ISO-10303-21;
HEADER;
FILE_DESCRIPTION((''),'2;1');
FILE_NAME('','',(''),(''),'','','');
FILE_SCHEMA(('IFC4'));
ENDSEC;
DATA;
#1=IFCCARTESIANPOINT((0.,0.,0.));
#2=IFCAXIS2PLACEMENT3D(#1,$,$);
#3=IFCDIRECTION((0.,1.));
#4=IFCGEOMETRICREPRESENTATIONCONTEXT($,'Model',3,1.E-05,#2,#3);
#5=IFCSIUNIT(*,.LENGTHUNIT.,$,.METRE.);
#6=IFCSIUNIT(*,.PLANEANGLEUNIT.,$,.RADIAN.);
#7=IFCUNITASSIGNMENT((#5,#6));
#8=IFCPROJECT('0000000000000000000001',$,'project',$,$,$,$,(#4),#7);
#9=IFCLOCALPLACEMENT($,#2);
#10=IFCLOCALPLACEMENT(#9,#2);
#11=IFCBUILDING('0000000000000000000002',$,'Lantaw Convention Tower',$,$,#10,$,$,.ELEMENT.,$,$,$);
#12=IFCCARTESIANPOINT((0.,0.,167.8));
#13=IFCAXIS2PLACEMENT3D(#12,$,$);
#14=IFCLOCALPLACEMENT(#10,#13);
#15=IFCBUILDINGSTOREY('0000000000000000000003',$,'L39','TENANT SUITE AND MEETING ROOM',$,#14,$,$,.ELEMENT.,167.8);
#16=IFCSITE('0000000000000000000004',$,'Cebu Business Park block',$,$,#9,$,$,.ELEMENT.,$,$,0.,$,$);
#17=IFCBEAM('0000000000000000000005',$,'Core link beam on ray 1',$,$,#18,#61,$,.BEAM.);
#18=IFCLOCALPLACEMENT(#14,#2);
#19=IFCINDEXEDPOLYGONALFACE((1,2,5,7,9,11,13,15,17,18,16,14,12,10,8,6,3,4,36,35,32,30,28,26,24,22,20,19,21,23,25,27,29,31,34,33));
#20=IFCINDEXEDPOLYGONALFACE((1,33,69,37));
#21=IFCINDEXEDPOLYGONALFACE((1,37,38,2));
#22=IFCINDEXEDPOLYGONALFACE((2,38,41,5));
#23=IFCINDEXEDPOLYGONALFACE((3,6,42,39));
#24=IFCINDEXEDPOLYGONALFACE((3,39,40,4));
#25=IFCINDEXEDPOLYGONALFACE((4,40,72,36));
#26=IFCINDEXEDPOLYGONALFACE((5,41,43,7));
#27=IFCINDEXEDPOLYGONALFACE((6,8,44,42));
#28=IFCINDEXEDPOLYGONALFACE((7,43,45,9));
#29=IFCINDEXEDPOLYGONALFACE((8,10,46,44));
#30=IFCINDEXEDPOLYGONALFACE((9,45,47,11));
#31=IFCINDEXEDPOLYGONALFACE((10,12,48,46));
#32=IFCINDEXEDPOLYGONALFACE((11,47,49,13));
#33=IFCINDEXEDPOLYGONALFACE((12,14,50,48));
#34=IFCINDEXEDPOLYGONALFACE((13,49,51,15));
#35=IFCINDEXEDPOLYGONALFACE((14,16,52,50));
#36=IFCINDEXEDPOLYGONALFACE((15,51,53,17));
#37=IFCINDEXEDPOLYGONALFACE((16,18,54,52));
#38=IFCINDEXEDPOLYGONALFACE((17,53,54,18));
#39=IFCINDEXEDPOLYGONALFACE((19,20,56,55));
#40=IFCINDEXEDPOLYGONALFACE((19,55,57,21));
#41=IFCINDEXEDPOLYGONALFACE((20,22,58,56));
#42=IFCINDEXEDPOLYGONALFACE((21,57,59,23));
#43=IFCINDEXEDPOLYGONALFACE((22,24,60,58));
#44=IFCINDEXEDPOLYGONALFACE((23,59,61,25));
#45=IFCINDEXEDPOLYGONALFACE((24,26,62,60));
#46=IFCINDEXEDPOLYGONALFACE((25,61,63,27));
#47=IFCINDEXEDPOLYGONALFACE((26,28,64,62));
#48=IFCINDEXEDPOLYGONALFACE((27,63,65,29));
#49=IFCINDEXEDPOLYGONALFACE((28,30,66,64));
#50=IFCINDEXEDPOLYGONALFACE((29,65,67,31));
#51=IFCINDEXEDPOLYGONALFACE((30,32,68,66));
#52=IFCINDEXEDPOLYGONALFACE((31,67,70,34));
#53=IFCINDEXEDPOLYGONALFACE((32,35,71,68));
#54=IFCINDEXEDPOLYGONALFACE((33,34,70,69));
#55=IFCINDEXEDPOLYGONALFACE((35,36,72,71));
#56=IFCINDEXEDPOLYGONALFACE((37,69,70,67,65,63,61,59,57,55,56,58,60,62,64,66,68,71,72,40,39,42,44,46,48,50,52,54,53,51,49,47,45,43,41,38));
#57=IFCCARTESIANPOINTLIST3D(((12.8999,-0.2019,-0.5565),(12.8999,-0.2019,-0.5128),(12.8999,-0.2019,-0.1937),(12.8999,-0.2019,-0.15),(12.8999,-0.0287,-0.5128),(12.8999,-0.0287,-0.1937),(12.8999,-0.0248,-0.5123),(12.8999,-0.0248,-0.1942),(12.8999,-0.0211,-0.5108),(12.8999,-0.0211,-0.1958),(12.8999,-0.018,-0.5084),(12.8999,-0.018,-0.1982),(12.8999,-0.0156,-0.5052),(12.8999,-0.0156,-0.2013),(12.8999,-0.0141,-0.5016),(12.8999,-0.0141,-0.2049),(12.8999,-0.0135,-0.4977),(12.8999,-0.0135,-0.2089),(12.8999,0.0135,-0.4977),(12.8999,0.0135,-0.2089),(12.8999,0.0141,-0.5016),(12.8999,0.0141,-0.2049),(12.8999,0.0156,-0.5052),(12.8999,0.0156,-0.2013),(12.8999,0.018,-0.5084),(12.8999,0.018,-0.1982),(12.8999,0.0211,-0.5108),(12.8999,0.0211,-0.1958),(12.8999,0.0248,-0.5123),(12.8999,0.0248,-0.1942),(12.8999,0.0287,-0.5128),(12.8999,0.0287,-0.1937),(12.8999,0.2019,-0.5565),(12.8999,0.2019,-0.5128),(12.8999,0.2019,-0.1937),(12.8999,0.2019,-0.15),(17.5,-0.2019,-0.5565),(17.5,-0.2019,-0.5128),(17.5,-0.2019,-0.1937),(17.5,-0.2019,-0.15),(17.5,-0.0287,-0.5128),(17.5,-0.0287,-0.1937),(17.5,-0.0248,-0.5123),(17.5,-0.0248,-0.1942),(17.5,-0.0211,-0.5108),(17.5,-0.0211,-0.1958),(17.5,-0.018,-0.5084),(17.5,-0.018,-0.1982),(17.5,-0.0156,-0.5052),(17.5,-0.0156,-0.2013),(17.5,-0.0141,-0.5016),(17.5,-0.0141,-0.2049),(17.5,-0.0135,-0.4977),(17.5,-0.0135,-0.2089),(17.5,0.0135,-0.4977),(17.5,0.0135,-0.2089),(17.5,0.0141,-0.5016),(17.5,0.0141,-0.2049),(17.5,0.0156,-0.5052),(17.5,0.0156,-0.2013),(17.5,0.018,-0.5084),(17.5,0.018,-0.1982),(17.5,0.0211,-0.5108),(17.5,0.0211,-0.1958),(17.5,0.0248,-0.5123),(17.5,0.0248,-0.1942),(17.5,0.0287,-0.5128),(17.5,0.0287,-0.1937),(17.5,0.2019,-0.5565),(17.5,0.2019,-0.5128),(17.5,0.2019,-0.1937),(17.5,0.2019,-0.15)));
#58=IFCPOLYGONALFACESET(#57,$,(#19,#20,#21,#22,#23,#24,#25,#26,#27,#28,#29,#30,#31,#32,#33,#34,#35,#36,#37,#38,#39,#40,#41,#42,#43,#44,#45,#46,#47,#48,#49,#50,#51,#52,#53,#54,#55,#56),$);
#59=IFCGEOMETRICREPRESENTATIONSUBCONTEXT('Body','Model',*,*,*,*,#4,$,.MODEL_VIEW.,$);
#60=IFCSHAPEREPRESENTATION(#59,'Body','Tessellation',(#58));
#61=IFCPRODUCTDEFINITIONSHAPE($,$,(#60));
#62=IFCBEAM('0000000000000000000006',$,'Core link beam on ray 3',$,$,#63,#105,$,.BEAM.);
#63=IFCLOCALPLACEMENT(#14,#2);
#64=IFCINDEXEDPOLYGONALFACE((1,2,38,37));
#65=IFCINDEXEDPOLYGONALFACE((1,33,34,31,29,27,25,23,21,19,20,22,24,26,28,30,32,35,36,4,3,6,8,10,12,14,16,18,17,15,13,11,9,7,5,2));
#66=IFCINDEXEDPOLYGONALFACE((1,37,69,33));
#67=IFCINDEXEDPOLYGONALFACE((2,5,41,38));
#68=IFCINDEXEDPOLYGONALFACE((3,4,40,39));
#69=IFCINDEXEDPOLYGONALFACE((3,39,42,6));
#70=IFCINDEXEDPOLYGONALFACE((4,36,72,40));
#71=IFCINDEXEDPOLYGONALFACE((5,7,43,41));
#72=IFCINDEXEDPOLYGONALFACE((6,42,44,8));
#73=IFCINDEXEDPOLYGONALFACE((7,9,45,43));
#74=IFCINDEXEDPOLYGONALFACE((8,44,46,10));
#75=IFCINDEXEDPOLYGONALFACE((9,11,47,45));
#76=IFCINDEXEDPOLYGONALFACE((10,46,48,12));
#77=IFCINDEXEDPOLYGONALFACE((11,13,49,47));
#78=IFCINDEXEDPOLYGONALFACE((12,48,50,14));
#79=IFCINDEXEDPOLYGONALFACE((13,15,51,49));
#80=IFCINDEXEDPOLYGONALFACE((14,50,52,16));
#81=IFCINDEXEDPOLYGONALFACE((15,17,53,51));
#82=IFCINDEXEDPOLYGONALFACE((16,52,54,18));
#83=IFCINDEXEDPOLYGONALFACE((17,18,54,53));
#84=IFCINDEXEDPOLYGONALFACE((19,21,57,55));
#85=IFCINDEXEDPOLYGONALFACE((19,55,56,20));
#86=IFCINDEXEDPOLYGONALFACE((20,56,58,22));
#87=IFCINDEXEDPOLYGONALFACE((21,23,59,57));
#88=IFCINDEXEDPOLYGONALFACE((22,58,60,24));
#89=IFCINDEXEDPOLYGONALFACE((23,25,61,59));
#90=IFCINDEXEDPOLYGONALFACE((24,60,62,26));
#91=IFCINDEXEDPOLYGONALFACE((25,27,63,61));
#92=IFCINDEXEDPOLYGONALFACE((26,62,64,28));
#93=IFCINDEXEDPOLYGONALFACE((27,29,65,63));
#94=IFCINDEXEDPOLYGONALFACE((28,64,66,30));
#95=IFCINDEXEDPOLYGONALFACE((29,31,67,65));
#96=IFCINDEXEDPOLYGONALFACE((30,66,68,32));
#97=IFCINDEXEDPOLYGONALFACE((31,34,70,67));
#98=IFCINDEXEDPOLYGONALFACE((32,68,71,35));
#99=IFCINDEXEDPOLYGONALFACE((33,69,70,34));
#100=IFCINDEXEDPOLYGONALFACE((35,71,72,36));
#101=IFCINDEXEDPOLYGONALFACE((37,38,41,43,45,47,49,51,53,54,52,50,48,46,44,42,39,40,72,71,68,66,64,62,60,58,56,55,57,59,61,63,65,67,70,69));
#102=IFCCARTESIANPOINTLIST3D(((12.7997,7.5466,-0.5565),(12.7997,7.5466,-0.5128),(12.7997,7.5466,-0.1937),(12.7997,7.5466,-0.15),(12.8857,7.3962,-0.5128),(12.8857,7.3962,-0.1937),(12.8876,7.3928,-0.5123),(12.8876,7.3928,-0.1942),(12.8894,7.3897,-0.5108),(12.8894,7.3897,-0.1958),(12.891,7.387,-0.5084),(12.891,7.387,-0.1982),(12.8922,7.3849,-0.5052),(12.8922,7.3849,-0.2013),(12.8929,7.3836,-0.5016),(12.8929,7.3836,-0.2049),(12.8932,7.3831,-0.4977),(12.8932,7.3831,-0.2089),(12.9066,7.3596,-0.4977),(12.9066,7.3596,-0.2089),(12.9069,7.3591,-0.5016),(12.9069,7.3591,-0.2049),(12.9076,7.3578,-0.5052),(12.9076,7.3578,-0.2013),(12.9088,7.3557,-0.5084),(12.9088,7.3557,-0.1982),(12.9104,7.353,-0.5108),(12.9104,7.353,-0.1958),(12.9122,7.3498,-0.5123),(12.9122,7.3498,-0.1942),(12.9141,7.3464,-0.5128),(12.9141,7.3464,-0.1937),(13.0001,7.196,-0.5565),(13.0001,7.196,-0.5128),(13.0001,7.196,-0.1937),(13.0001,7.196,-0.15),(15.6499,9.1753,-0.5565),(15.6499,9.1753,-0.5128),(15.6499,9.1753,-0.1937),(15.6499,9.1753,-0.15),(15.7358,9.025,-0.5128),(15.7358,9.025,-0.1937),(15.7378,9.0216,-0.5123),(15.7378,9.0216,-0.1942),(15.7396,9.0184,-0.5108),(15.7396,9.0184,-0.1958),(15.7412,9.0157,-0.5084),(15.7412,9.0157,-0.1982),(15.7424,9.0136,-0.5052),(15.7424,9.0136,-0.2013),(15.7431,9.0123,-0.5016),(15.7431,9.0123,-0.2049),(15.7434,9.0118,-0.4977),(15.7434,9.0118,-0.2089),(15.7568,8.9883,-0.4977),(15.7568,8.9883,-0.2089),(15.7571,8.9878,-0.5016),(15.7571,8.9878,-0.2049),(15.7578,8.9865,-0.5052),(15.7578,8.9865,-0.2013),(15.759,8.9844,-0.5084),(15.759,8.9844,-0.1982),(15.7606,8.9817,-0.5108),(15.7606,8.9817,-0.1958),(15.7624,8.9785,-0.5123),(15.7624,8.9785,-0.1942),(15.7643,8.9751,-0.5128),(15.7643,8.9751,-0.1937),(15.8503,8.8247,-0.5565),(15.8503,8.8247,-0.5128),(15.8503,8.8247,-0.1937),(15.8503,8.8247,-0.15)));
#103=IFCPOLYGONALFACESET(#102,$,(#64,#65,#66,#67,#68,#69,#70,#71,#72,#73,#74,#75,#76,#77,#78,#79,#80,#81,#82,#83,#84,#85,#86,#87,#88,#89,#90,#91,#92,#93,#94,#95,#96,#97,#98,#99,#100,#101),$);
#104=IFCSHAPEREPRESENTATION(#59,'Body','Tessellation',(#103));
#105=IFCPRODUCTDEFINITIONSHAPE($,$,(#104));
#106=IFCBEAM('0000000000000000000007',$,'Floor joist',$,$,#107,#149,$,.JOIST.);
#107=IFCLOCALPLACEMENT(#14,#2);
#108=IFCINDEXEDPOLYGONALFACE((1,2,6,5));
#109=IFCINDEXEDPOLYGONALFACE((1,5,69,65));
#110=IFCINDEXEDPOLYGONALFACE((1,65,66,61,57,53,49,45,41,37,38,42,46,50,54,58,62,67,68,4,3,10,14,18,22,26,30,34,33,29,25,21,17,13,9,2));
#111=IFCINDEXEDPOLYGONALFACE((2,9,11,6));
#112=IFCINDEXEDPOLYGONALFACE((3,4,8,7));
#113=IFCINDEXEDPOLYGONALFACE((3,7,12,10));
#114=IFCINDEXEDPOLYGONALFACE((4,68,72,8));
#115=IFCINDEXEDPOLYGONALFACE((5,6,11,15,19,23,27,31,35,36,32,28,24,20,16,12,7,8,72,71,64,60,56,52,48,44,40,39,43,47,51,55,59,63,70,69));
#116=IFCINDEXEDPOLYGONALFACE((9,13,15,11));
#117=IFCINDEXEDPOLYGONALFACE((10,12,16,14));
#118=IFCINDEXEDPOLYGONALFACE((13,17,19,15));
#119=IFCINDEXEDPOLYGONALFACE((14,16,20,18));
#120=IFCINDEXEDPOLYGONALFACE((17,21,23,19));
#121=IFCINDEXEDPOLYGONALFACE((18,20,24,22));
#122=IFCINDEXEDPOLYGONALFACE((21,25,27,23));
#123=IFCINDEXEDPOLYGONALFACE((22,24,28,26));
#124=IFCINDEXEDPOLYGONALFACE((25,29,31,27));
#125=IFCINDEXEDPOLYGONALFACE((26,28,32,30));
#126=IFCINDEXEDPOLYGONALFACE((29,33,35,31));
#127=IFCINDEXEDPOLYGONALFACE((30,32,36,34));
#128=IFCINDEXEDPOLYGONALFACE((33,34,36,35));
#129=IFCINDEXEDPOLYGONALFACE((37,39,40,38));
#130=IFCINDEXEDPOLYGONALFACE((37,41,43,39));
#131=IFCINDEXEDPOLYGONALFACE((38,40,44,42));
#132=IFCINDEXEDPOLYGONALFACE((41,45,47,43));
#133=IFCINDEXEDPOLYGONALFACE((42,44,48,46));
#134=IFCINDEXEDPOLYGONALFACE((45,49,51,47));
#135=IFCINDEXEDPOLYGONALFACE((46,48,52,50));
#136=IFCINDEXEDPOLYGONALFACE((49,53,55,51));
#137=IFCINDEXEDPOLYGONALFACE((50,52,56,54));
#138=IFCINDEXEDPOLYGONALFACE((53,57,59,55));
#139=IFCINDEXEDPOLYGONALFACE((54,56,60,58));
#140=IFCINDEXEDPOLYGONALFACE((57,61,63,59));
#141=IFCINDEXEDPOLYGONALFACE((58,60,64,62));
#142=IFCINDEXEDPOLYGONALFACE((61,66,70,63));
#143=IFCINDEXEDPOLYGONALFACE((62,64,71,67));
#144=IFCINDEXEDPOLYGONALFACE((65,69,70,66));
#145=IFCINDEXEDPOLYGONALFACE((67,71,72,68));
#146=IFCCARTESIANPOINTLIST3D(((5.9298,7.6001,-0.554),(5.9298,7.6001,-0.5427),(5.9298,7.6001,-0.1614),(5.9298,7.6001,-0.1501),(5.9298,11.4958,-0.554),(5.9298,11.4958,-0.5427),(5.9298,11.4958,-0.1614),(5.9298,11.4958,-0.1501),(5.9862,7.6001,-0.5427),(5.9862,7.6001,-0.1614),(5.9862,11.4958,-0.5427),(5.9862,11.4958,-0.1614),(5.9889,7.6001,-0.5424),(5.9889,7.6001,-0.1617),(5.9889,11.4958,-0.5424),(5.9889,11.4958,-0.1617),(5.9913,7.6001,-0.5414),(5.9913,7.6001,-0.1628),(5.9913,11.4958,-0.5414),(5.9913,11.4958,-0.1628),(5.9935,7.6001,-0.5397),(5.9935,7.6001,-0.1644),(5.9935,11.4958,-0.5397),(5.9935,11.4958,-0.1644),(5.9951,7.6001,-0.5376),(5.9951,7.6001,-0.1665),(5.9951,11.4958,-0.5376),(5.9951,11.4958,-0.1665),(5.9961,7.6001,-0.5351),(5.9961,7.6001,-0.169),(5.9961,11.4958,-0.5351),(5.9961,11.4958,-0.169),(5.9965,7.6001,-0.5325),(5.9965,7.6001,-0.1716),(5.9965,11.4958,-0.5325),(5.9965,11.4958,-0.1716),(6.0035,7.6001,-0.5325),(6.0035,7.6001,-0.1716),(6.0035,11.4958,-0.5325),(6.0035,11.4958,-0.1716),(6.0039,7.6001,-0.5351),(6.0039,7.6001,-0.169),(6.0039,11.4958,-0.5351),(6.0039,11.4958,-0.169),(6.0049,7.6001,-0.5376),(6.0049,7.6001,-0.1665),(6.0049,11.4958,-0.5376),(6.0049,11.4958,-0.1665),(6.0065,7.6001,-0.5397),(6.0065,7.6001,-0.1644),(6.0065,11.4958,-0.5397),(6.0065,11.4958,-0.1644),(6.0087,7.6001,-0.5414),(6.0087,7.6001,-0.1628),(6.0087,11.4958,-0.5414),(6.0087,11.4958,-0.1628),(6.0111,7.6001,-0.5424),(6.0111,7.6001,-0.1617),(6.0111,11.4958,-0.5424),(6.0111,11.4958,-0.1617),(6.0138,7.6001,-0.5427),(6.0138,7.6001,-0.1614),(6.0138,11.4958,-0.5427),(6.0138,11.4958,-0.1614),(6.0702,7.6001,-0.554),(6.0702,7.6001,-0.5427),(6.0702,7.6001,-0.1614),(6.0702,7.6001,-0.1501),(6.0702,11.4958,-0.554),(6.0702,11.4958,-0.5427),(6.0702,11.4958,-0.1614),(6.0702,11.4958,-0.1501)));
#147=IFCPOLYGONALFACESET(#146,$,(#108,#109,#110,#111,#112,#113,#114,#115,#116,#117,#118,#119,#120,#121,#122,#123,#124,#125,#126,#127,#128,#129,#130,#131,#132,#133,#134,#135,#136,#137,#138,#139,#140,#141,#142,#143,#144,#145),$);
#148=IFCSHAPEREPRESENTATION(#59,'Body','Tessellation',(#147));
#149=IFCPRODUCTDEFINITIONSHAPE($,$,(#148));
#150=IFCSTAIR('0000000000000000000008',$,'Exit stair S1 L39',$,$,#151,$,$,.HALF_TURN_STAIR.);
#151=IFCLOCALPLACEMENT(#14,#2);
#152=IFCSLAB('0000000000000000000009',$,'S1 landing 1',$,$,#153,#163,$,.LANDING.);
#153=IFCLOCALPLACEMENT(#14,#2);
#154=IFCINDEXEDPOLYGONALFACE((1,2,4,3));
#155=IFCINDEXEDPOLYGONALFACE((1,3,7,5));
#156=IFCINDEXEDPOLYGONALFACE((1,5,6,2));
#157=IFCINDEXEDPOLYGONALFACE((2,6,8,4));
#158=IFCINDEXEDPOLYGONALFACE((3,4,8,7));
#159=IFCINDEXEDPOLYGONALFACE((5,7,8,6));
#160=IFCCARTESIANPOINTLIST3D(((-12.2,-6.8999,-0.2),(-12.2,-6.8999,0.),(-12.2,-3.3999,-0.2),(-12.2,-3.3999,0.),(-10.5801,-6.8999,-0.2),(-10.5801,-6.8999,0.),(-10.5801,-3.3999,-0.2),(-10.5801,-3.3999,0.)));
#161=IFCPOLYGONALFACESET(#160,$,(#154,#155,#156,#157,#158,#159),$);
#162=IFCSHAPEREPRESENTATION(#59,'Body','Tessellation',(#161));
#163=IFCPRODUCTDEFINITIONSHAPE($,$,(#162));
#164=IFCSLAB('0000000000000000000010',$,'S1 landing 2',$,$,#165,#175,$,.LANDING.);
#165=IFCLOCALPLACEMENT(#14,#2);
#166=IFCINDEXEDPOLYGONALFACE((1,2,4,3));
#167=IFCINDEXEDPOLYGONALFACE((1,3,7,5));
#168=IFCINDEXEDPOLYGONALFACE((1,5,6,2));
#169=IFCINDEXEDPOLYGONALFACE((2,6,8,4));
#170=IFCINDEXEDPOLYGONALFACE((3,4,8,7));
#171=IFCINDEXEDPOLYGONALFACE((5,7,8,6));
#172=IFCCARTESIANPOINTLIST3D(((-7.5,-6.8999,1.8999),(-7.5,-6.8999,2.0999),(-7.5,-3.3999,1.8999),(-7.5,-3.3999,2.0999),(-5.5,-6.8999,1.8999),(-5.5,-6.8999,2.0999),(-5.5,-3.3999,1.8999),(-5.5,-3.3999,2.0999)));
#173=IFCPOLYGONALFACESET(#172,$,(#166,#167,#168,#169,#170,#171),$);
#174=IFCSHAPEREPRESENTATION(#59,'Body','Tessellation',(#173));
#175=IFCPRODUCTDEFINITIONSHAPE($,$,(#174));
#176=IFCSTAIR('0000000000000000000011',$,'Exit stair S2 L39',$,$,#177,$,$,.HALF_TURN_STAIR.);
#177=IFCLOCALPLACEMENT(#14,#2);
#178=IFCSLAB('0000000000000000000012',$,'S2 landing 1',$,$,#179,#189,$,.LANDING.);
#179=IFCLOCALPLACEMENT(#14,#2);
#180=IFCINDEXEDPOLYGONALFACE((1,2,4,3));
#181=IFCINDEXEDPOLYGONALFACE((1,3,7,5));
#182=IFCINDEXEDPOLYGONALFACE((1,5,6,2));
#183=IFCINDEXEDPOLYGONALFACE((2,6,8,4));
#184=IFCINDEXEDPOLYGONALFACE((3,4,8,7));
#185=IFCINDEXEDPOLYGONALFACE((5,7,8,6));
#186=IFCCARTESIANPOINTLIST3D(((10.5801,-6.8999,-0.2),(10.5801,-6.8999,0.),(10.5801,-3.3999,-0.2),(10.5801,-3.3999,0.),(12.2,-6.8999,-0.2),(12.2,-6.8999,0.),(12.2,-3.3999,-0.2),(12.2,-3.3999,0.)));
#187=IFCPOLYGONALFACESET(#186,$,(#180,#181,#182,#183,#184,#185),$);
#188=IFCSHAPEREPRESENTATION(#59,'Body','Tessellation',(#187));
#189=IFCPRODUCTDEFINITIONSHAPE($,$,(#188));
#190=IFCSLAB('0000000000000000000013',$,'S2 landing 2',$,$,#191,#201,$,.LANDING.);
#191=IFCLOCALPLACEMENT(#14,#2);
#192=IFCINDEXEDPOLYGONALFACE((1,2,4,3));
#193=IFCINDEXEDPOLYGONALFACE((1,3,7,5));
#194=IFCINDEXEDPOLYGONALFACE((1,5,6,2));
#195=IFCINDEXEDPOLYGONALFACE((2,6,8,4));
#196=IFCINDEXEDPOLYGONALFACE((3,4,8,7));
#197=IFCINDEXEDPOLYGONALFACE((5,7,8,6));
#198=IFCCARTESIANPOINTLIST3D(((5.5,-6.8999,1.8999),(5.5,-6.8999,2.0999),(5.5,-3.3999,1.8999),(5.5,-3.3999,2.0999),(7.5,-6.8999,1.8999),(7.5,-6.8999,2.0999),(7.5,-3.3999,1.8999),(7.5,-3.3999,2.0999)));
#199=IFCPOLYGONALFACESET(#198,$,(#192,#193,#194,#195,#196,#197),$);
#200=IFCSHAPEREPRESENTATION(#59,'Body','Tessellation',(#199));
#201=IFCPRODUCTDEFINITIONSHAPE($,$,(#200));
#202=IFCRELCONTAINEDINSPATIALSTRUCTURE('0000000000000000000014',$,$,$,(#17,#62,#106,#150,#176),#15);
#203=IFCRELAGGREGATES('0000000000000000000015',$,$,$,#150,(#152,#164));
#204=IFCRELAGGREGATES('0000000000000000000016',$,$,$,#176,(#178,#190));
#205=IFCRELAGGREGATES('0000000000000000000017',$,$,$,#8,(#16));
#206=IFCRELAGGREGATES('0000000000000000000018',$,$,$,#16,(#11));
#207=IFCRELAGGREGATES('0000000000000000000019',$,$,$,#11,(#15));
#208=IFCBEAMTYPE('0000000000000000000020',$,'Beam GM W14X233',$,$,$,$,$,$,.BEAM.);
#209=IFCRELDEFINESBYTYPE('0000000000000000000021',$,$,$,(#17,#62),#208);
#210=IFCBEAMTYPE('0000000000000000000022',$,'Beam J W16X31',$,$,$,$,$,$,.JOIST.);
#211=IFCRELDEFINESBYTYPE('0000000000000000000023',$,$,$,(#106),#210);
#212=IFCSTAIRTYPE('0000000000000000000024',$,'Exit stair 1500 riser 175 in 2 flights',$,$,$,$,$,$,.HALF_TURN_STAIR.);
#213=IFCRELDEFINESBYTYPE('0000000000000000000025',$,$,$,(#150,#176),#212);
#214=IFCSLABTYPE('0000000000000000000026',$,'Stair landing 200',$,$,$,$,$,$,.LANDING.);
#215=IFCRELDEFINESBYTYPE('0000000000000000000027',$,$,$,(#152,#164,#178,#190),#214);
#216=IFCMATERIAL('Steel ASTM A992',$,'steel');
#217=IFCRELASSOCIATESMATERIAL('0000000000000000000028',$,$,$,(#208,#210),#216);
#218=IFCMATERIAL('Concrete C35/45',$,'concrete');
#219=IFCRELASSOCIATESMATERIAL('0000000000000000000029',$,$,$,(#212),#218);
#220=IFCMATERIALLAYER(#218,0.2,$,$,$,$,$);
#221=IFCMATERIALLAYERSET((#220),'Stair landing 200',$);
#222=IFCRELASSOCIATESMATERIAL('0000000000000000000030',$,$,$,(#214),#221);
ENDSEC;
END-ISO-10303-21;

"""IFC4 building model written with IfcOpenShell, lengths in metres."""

from ifc_helpers import new_model, si_unit, direction, frame, origin, origin_2d, place, context, subcontext, project, spatial, polyline, i_section, outline, extrude, material, layer, layer_set, material_profile, profile_set, type_object, element, aggregate, save


model = new_model("IFC4")

# Units and contexts
model_context = context("Model", 3, precision=1e-05, world=origin(), true_north=direction((0.0, 1.0)))
body_context = subcontext(model_context, "Body", "Model", "MODEL_VIEW")
ifc_project = project(units=[si_unit("LENGTHUNIT", "METRE"), si_unit("PLANEANGLEUNIT", "RADIAN")], contexts=[model_context])

# Site, building, storey
site_placement = place(None, origin())
site = spatial("IfcSite", under=ifc_project, at=site_placement, Name="Cebu Business Park block", CompositionType="ELEMENT", RefElevation=0.0)
building_placement = place(site_placement, origin())
building = spatial("IfcBuilding", under=site, at=building_placement, Name="Lantaw Convention Tower", CompositionType="ELEMENT")
storey_placement = place(building_placement, frame((0.0, 0.0, 167.8)))
storey = spatial("IfcBuildingStorey", under=building, at=storey_placement, Name="L39", Description="TENANT SUITE AND MEETING ROOM", CompositionType="ELEMENT", Elevation=167.8)

# Beams
ifc_material_1 = material(Name="Steel ASTM A992", Category="steel")
ifc_material_profile_1 = material_profile(ifc_material_1, i_section(OverallWidth=0.4038, OverallDepth=0.4065, WebThickness=0.0271, FlangeThickness=0.0437, FilletRadius=0.0151, at=origin_2d()), Name="W14X233")
ifc_profile_set_1 = profile_set([ifc_material_profile_1], Name="Steel ASTM A992")
beam_type_1 = type_object("IfcBeamType", Name="Beam GM W14X233", PredefinedType="BEAM", material=ifc_profile_set_1)
beam_1_placement = place(storey_placement, frame((12.8999, 0.0, -0.3533), z_axis=(1.0, 0.0, 0.0), x_axis=(0.0, 1.0, 0.0)))
element("IfcBeam", 1, at=beam_1_placement, inside=storey, type_object=beam_type_1, Name="Core link beam on ray 1", PredefinedType="BEAM", context=body_context, shape_type="SweptSolid", body=[
    extrude(i_section(OverallWidth=0.4038, OverallDepth=0.4065, WebThickness=0.0271, FlangeThickness=0.0437, FilletRadius=0.0151, at=origin_2d()), origin(), (0.0, 0.0, 1.0), 4.6001),
])
beam_2_placement = place(storey_placement, frame((12.8999, 7.3713, -0.3533), z_axis=(0.868239, 0.496147, 0.0), x_axis=(-0.496147, 0.868239, 0.0)))
element("IfcBeam", 2, at=beam_2_placement, inside=storey, type_object=beam_type_1, Name="Core link beam on ray 3", PredefinedType="BEAM", context=body_context, shape_type="SweptSolid", body=[
    extrude(i_section(OverallWidth=0.4038, OverallDepth=0.4065, WebThickness=0.0271, FlangeThickness=0.0437, FilletRadius=0.0151, at=origin_2d()), origin(), (0.0, 0.0, 1.0), 3.2827),
])
ifc_material_profile_2 = material_profile(ifc_material_1, i_section(OverallWidth=0.1404, OverallDepth=0.4038, WebThickness=0.0071, FlangeThickness=0.0112, FilletRadius=0.0103, at=origin_2d()), Name="W16X31")
ifc_profile_set_2 = profile_set([ifc_material_profile_2], Name="Steel ASTM A992")
beam_type_2 = type_object("IfcBeamType", Name="Beam J W16X31", PredefinedType="JOIST", material=ifc_profile_set_2)
beam_3_placement = place(storey_placement, frame((6.0, 7.6001, -0.3521), z_axis=(0.0, 1.0, 0.0), x_axis=(-1.0, 0.0, 0.0)))
element("IfcBeam", 3, at=beam_3_placement, inside=storey, type_object=beam_type_2, Name="Floor joist", PredefinedType="JOIST", context=body_context, shape_type="SweptSolid", body=[
    extrude(i_section(OverallWidth=0.1404, OverallDepth=0.4038, WebThickness=0.0071, FlangeThickness=0.0112, FilletRadius=0.0103, at=origin_2d()), origin(), (0.0, 0.0, 1.0), 3.8958),
])

# Stairs, slabs
ifc_material_2 = material(Name="Concrete C35/45", Category="concrete")
stair_type = type_object("IfcStairType", Name="Exit stair 1500 riser 175 in 2 flights", PredefinedType="HALF_TURN_STAIR", material=ifc_material_2)
stair_1_placement = place(storey_placement, origin())
stair_1 = element("IfcStair", 4, at=stair_1_placement, inside=storey, type_object=stair_type, Name="Exit stair S1 L39", PredefinedType="HALF_TURN_STAIR")
ifc_layer_1 = layer(ifc_material_2, 0.2)
ifc_layer_set_1 = layer_set([ifc_layer_1], Name="Stair landing 200")
slab_type = type_object("IfcSlabType", Name="Stair landing 200", PredefinedType="LANDING", material=ifc_layer_set_1)
slab_1_placement = place(storey_placement, frame((0.0, 0.0, -0.2)))
slab_1 = element("IfcSlab", 5, at=slab_1_placement, type_object=slab_type, Name="S1 landing 1", PredefinedType="LANDING", context=body_context, shape_type="SweptSolid", body=[
    extrude(outline(polyline([(-12.2, -6.8999), (-10.5801, -6.8999), (-10.5801, -3.3999), (-12.2, -3.3999), (-12.2, -6.8999)])), origin(), (0.0, 0.0, 1.0), 0.2),
])
slab_2_placement = place(storey_placement, frame((0.0, 0.0, 1.8999)))
slab_2 = element("IfcSlab", 6, at=slab_2_placement, type_object=slab_type, Name="S1 landing 2", PredefinedType="LANDING", context=body_context, shape_type="SweptSolid", body=[
    extrude(outline(polyline([(-7.5, -6.8999), (-5.5, -6.8999), (-5.5, -3.3999), (-7.5, -3.3999), (-7.5, -6.8999)])), origin(), (0.0, 0.0, 1.0), 0.2),
])
aggregate(stair_1, [slab_1, slab_2])
stair_2_placement = place(storey_placement, origin())
stair_2 = element("IfcStair", 7, at=stair_2_placement, inside=storey, type_object=stair_type, Name="Exit stair S2 L39", PredefinedType="HALF_TURN_STAIR")
slab_3_placement = place(storey_placement, frame((0.0, 0.0, -0.2)))
slab_3 = element("IfcSlab", 8, at=slab_3_placement, type_object=slab_type, Name="S2 landing 1", PredefinedType="LANDING", context=body_context, shape_type="SweptSolid", body=[
    extrude(outline(polyline([(10.5801, -6.8999), (12.2, -6.8999), (12.2, -3.3999), (10.5801, -3.3999), (10.5801, -6.8999)])), origin(), (0.0, 0.0, 1.0), 0.2),
])
slab_4_placement = place(storey_placement, frame((0.0, 0.0, 1.8999)))
slab_4 = element("IfcSlab", 9, at=slab_4_placement, type_object=slab_type, Name="S2 landing 2", PredefinedType="LANDING", context=body_context, shape_type="SweptSolid", body=[
    extrude(outline(polyline([(5.5, -6.8999), (7.5, -6.8999), (7.5, -3.3999), (5.5, -3.3999), (5.5, -6.8999)])), origin(), (0.0, 0.0, 1.0), 0.2),
])
aggregate(stair_2, [slab_3, slab_4])

save(model, "model.ifc")
